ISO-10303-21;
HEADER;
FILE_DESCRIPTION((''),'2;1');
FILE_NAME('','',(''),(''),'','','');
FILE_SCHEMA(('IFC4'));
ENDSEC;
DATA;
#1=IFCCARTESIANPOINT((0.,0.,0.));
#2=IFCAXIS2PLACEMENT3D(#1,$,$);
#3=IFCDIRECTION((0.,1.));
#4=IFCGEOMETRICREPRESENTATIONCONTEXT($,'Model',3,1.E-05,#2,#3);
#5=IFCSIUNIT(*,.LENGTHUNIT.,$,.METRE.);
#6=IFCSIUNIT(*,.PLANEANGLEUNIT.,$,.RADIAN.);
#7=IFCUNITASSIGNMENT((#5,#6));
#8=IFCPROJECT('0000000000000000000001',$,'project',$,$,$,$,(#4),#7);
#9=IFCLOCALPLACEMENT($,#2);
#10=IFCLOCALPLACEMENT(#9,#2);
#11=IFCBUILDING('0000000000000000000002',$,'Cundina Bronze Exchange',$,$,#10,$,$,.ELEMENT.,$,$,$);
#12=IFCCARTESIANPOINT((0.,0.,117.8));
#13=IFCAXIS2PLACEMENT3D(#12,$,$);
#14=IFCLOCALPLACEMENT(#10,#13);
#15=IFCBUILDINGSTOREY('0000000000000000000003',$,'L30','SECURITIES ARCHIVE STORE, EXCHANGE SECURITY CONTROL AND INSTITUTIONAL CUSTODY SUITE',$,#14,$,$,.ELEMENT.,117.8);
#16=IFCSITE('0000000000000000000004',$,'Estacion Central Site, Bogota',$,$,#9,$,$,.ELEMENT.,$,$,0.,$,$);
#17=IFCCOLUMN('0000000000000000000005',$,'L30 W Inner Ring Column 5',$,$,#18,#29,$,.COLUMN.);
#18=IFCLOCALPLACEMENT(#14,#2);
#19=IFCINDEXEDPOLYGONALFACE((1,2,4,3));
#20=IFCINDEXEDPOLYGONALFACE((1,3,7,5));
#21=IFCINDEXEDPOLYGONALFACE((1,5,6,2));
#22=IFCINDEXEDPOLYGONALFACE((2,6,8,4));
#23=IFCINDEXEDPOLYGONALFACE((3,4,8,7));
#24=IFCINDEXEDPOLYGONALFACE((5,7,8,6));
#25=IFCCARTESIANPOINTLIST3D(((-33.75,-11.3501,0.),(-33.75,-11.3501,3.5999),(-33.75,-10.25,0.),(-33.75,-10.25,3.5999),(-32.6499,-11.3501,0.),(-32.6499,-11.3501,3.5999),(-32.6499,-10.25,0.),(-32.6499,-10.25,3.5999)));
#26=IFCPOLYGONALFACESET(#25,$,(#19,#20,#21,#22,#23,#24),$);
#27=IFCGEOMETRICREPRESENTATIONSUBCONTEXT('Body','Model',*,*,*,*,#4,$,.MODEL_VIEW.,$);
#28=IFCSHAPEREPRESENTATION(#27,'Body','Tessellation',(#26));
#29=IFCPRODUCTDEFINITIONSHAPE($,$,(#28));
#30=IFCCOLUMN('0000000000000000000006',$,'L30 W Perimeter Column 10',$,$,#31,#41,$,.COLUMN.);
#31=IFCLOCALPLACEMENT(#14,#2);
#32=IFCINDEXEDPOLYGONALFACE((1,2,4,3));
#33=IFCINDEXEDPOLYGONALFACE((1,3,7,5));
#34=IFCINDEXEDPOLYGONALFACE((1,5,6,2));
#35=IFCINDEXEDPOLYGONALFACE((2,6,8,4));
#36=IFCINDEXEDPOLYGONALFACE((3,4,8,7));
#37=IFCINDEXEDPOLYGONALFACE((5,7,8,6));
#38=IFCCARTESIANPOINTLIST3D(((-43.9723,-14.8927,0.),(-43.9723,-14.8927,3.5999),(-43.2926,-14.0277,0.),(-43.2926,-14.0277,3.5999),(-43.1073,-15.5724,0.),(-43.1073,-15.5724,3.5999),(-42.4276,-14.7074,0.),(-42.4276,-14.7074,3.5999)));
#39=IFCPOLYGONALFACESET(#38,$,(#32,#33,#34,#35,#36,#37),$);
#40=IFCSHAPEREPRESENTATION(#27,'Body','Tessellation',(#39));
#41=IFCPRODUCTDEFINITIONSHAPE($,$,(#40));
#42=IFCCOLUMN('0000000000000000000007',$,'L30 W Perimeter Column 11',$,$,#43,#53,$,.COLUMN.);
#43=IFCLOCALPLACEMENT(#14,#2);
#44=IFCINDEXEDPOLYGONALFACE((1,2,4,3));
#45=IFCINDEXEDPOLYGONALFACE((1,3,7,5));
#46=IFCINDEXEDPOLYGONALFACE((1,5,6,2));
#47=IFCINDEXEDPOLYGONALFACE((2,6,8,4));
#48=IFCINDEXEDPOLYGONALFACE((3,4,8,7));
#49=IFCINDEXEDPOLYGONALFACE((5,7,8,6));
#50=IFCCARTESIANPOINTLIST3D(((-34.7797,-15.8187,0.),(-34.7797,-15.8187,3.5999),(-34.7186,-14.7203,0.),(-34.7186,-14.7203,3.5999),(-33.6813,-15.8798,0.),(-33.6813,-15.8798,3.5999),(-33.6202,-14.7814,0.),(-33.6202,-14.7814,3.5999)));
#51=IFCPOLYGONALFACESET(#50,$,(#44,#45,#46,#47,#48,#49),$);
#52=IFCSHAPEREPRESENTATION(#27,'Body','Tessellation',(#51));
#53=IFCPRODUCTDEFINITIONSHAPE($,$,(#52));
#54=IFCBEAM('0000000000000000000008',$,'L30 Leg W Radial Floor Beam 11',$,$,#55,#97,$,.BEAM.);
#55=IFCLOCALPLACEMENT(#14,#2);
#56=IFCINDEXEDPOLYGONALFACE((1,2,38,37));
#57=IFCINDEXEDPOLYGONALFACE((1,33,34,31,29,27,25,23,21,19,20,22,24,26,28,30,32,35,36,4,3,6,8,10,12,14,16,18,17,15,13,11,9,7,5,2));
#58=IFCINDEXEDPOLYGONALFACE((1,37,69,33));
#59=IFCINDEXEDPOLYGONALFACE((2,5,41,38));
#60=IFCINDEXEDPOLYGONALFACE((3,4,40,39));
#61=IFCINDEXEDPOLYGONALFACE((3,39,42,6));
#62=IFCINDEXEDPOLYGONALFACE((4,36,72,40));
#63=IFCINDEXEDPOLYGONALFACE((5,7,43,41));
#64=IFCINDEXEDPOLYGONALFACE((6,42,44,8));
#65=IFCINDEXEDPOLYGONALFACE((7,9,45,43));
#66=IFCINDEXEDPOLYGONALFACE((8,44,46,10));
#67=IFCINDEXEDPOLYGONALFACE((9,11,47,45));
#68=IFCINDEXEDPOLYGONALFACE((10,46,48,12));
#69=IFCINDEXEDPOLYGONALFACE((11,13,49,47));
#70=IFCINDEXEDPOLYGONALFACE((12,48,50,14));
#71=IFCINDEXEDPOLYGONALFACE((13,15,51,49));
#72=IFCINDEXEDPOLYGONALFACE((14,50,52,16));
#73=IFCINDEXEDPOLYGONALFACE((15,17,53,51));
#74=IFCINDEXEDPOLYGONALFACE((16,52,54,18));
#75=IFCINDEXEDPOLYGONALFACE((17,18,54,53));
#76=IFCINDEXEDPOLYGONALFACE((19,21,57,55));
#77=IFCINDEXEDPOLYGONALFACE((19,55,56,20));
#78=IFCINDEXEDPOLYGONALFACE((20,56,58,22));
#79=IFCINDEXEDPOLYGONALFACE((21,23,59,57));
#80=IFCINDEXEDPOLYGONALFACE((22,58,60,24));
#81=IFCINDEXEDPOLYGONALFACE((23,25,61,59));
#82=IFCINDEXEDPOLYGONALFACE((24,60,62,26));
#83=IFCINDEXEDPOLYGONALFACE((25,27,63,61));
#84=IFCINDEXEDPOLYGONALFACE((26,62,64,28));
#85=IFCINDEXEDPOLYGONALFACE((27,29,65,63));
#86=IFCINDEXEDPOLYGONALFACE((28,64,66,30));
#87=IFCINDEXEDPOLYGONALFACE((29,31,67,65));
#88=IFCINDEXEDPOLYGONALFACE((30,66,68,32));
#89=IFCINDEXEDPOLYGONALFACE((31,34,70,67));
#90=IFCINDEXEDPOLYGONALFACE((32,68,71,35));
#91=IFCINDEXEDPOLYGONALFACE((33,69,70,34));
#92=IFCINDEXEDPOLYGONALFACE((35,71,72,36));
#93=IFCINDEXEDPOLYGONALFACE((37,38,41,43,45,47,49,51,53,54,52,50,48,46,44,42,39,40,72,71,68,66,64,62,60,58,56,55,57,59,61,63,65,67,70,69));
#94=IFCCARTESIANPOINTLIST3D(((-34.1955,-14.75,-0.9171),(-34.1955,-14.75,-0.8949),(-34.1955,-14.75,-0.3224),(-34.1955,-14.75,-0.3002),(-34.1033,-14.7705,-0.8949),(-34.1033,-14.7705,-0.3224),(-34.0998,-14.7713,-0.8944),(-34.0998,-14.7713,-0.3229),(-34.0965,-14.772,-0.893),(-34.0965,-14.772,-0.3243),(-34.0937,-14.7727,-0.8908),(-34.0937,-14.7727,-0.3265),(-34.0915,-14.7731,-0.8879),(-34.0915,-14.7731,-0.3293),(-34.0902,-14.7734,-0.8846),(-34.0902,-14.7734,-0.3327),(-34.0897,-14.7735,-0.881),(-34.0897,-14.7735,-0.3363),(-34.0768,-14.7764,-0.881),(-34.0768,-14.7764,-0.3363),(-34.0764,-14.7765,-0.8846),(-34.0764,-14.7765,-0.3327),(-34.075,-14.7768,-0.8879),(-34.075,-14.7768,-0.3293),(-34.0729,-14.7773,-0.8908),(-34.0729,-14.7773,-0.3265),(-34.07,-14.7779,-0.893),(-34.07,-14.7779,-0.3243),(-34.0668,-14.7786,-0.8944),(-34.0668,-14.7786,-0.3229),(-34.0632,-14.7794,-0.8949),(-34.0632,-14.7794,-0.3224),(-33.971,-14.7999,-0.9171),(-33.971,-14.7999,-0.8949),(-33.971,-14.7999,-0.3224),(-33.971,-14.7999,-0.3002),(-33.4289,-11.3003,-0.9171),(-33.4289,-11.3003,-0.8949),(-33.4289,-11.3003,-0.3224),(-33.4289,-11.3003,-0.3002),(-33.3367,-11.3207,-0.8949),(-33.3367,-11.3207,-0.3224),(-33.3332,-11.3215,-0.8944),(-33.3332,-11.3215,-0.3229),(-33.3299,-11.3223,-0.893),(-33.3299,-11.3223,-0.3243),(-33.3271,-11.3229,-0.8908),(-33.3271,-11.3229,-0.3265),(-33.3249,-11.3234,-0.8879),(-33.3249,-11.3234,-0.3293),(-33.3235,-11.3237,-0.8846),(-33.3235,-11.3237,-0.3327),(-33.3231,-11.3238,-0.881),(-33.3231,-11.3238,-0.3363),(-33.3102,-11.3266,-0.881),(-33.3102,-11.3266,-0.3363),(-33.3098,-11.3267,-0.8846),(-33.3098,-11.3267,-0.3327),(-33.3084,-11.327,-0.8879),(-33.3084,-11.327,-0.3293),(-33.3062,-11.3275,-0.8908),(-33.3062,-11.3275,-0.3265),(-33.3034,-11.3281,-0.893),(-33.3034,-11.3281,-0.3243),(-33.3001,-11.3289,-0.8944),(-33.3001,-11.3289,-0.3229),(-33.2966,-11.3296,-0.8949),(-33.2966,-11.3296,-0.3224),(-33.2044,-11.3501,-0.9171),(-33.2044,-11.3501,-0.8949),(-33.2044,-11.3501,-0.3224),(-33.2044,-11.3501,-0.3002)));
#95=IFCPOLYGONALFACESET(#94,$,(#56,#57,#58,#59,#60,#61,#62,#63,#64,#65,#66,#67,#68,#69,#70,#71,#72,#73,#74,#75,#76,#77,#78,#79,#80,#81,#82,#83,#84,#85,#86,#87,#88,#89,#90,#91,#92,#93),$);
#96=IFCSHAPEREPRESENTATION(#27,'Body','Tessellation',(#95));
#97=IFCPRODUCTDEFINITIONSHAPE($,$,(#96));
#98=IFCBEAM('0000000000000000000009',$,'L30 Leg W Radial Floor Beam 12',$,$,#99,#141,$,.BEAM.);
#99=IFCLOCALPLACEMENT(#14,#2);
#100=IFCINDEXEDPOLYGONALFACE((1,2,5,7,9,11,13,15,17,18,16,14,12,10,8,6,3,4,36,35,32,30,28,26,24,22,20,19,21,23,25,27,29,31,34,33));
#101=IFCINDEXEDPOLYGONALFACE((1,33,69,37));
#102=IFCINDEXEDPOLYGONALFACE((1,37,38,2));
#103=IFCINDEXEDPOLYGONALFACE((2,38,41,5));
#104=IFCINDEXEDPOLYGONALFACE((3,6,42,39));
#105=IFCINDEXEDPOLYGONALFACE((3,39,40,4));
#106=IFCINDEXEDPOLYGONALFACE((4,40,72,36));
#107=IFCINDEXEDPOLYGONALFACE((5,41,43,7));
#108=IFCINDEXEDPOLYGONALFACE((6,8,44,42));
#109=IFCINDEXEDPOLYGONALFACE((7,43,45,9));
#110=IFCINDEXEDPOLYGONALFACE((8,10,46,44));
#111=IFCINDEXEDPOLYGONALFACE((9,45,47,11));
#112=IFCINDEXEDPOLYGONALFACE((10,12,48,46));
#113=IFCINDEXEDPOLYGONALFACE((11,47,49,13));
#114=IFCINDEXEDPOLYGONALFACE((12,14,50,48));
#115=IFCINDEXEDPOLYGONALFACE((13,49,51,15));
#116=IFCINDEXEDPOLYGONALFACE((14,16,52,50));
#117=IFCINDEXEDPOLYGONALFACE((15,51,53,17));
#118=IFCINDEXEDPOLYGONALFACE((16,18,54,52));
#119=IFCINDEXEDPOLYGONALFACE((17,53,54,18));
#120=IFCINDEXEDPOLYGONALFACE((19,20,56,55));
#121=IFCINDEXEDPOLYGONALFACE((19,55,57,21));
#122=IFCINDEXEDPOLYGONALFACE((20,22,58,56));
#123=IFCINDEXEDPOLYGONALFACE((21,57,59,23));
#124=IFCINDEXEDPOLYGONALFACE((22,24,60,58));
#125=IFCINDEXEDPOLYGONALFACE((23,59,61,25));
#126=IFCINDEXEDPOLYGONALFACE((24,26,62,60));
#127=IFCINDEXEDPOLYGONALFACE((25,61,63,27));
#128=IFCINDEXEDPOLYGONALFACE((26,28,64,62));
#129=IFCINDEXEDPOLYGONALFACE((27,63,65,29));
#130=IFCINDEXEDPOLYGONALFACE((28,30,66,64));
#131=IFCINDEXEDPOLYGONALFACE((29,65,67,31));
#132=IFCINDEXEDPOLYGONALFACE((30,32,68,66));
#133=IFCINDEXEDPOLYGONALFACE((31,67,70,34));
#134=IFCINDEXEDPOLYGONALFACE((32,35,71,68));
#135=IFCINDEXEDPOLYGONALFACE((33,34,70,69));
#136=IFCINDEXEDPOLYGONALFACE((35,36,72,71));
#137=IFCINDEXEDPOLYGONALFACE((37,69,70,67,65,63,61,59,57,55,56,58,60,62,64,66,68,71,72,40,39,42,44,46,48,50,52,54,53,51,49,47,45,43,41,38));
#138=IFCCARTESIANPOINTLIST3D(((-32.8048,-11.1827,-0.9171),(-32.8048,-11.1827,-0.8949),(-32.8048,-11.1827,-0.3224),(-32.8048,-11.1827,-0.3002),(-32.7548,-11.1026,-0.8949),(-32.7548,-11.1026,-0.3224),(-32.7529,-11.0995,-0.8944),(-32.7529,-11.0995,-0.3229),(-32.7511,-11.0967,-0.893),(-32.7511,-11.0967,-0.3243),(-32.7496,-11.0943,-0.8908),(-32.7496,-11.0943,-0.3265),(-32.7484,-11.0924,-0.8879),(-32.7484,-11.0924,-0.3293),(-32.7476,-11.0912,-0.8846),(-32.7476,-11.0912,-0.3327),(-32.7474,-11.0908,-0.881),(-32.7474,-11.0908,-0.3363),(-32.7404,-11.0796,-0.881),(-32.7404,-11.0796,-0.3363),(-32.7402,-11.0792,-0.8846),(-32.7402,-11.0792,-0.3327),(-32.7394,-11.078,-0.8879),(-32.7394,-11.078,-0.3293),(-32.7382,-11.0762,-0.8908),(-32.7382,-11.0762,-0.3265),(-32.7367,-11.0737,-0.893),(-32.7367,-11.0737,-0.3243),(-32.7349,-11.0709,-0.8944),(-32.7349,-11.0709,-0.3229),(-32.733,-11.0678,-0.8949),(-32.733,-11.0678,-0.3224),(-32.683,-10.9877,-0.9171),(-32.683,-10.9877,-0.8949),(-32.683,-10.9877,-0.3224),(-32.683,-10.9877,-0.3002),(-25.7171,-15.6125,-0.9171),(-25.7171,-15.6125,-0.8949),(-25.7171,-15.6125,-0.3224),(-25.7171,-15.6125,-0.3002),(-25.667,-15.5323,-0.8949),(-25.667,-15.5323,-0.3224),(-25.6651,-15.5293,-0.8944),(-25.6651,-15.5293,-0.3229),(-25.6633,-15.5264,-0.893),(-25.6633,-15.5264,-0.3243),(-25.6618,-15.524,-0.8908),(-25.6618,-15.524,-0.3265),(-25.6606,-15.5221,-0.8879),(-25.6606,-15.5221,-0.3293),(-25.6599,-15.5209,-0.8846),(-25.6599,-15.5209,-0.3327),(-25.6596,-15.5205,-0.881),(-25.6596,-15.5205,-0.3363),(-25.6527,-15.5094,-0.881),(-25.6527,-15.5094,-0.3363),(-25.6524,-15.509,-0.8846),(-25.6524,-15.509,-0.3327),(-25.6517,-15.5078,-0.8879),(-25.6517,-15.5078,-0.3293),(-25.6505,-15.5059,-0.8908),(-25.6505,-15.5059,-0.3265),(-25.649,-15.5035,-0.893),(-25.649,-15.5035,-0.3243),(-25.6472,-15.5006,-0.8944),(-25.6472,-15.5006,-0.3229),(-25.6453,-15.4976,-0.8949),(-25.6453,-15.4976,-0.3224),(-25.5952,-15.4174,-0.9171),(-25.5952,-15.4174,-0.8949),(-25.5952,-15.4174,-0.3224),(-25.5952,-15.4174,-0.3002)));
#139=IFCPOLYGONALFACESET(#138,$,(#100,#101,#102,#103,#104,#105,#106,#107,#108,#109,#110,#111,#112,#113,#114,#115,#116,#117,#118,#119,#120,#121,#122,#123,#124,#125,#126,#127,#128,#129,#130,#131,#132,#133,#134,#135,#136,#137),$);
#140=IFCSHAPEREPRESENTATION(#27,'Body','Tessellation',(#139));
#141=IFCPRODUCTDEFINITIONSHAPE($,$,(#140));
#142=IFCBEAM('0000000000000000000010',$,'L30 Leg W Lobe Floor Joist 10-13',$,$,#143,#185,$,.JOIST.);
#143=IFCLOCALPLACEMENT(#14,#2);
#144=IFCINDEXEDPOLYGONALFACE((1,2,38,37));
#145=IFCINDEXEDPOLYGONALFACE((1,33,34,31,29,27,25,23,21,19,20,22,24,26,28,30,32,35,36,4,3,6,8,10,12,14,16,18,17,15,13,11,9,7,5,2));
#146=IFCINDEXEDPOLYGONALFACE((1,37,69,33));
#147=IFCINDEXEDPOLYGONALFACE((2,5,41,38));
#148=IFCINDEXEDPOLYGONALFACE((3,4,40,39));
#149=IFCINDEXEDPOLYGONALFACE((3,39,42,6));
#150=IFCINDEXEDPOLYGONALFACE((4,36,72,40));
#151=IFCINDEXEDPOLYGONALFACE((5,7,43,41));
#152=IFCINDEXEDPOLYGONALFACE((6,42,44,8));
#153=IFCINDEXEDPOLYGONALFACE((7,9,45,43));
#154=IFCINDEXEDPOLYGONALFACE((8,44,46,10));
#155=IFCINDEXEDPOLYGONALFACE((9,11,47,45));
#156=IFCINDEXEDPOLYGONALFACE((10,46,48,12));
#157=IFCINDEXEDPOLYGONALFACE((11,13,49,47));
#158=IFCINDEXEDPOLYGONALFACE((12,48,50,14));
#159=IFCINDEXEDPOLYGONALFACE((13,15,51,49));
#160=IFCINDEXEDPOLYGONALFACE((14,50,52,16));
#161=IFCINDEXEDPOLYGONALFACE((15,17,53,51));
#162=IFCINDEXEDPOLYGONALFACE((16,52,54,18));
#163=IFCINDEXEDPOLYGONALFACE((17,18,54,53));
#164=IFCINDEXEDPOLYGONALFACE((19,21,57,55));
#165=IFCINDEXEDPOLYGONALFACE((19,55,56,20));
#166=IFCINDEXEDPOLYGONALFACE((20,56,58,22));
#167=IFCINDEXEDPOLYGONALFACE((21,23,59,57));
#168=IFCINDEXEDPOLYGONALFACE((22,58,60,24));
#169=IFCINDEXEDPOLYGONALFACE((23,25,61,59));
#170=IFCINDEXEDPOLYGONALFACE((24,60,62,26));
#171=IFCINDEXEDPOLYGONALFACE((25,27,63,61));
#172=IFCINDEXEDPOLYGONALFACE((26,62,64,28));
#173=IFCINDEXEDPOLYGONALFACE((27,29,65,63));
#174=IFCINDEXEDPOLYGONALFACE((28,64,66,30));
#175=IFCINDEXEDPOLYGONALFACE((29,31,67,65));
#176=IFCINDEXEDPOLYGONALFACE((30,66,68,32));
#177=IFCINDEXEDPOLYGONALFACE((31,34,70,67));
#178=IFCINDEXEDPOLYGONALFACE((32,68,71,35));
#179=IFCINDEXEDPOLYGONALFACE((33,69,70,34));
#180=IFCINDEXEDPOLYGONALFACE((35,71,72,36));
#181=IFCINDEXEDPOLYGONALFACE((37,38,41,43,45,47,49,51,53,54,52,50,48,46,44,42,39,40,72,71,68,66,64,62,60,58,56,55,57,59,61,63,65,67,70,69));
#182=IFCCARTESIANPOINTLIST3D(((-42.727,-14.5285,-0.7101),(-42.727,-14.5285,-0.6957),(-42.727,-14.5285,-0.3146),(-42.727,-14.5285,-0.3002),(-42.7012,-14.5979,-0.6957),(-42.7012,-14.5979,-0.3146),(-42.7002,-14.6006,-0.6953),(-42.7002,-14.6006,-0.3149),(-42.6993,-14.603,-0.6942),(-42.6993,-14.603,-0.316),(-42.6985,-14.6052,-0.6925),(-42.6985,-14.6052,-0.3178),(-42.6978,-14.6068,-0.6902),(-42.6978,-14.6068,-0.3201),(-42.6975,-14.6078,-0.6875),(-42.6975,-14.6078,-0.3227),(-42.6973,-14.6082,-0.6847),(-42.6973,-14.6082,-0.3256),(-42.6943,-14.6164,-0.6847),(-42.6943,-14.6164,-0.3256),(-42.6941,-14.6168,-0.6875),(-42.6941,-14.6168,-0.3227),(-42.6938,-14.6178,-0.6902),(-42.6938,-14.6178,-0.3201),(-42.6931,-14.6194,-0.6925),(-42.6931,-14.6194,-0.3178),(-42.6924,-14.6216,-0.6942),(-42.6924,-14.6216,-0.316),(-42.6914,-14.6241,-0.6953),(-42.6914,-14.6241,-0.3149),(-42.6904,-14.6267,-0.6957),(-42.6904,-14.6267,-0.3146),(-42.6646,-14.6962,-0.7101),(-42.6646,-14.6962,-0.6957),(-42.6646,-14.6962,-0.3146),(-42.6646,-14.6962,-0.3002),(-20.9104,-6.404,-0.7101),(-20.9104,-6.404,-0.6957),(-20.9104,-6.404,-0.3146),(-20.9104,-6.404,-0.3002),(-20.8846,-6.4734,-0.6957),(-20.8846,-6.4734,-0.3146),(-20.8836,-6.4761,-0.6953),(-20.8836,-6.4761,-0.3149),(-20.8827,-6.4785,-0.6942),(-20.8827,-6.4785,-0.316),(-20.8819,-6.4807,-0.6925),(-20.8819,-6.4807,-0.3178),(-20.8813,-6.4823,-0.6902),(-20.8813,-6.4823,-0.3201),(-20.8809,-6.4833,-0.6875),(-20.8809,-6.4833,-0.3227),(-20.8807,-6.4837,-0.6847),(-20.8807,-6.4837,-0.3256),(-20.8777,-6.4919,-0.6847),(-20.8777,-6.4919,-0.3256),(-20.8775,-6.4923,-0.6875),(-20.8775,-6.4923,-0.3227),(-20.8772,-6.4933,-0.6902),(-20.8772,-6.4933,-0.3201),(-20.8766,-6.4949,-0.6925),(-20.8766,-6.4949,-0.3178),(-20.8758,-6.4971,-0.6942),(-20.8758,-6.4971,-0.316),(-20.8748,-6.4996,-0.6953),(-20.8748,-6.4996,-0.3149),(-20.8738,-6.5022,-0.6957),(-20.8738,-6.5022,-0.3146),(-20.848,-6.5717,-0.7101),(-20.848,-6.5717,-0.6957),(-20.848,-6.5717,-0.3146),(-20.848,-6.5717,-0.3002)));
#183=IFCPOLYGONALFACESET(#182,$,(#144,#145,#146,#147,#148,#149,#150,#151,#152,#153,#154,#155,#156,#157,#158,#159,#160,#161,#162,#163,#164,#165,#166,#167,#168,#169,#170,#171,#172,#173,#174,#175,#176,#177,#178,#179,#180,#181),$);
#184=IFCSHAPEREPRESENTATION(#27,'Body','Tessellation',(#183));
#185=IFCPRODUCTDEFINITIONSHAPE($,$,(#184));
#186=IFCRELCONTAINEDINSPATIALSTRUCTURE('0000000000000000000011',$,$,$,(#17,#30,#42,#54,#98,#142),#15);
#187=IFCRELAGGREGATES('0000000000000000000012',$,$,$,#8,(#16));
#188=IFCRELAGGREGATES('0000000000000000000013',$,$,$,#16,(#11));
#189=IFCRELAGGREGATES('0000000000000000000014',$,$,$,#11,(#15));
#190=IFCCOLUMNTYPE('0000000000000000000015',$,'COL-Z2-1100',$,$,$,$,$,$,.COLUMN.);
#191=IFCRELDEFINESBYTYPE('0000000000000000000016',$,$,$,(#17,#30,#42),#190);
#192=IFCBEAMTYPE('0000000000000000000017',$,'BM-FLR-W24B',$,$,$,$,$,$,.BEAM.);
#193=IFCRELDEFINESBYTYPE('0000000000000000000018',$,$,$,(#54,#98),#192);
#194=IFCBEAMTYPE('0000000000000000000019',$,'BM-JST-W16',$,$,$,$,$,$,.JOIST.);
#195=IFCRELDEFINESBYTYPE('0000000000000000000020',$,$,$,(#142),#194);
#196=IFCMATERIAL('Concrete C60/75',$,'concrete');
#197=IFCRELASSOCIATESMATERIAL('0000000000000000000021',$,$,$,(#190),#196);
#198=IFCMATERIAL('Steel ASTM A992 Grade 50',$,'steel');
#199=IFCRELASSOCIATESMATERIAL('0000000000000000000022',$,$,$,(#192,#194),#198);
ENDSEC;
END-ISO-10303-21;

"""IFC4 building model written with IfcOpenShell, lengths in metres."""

from ifc_helpers import new_model, si_unit, direction, frame, origin, origin_2d, place, context, subcontext, project, spatial, rectangle, i_section, extrude, material, material_profile, profile_set, type_object, element, save


model = new_model("IFC4")

# Units and contexts
model_context = context("Model", 3, precision=1e-05, world=origin(), true_north=direction((0.0, 1.0)))
body_context = subcontext(model_context, "Body", "Model", "MODEL_VIEW")
ifc_project = project(units=[si_unit("LENGTHUNIT", "METRE"), si_unit("PLANEANGLEUNIT", "RADIAN")], contexts=[model_context])

# Site, building, storey
site_placement = place(None, origin())
site = spatial("IfcSite", under=ifc_project, at=site_placement, Name="Estacion Central Site, Bogota", CompositionType="ELEMENT", RefElevation=0.0)
building_placement = place(site_placement, origin())
building = spatial("IfcBuilding", under=site, at=building_placement, Name="Cundina Bronze Exchange", CompositionType="ELEMENT")
storey_placement = place(building_placement, frame((0.0, 0.0, 117.8)))
storey = spatial("IfcBuildingStorey", under=building, at=storey_placement, Name="L30", Description="SECURITIES ARCHIVE STORE, EXCHANGE SECURITY CONTROL AND INSTITUTIONAL CUSTODY SUITE", CompositionType="ELEMENT", Elevation=117.8)

# Columns
ifc_material_1 = material(Name="Concrete C60/75", Category="concrete")
ifc_material_profile_1 = material_profile(ifc_material_1, rectangle(XDim=1.1001, YDim=1.1001, at=origin_2d()), Name="RC1100X1100", Category="concrete")
ifc_profile_set_1 = profile_set([ifc_material_profile_1], Name="Concrete C60/75")
column_type = type_object("IfcColumnType", Name="COL-Z2-1100", PredefinedType="COLUMN", material=ifc_profile_set_1)
for number, where, z_axis, x_axis, name in (
    (1, (-33.2, -10.8, 0.0), (0.0, 0.0, 1.0), (1.0, 0.0, 0.0), "L30 W Inner Ring Column 5"),
    (2, (-43.2, -14.8, 0.0), (0.0, 0.0, 1.0), (0.786288, -0.61786, 0.0), "L30 W Perimeter Column 10"),
    (3, (-34.2, -15.3, 0.0), (0.0, 0.0, 1.0), (0.99846, -0.055473, 0.0), "L30 W Perimeter Column 11"),
):
    element("IfcColumn", number, at=place(storey_placement, frame(where, z_axis=z_axis, x_axis=x_axis)), inside=storey, type_object=column_type, Name=name, PredefinedType="COLUMN", context=body_context, shape_type="SweptSolid", body=[
        extrude(rectangle(XDim=1.1001, YDim=1.1001, at=origin_2d()), origin(), (0.0, 0.0, 1.0), 3.5999),
    ])

# Beams
ifc_material_2 = material(Name="Steel ASTM A992 Grade 50", Category="steel")
ifc_material_profile_2 = material_profile(ifc_material_2, i_section(OverallWidth=0.23, OverallDepth=0.6169, WebThickness=0.0132, FlangeThickness=0.0222, FilletRadius=0.0139, at=origin_2d()), Name="W24X94", Category="steel")
ifc_profile_set_2 = profile_set([ifc_material_profile_2], Name="Steel ASTM A992 Grade 50")
beam_type_1 = type_object("IfcBeamType", Name="BM-FLR-W24B", PredefinedType="BEAM", material=ifc_profile_set_2)
beam_1_placement = place(storey_placement, frame((-33.3167, -11.3252, -0.6086), z_axis=(-0.21693, -0.976187, 0.0), x_axis=(0.976187, -0.21693, 0.0)))
element("IfcBeam", 4, at=beam_1_placement, inside=storey, type_object=beam_type_1, Name="L30 Leg W Radial Floor Beam 11", PredefinedType="BEAM", context=body_context, shape_type="SweptSolid", body=[
    extrude(i_section(OverallWidth=0.23, OverallDepth=0.6169, WebThickness=0.0132, FlangeThickness=0.0222, FilletRadius=0.0139, at=origin_2d()), origin(), (0.0, 0.0, 1.0), 3.5339),
])
beam_2_placement = place(storey_placement, frame((-32.7439, -11.0852, -0.6086), z_axis=(0.848003, -0.529991, 0.0), x_axis=(0.529991, 0.848003, 0.0)))
element("IfcBeam", 5, at=beam_2_placement, inside=storey, type_object=beam_type_1, Name="L30 Leg W Radial Floor Beam 12", PredefinedType="BEAM", context=body_context, shape_type="SweptSolid", body=[
    extrude(i_section(OverallWidth=0.23, OverallDepth=0.6169, WebThickness=0.0132, FlangeThickness=0.0222, FilletRadius=0.0139, at=origin_2d()), origin(), (0.0, 0.0, 1.0), 8.3582),
])
ifc_material_profile_3 = material_profile(ifc_material_2, i_section(OverallWidth=0.179, OverallDepth=0.4099, WebThickness=0.0088, FlangeThickness=0.0144, FilletRadius=0.011, at=origin_2d()), Name="W16X45", Category="steel")
ifc_profile_set_3 = profile_set([ifc_material_profile_3], Name="Steel ASTM A992 Grade 50")
beam_type_2 = type_object("IfcBeamType", Name="BM-JST-W16", PredefinedType="JOIST", material=ifc_profile_set_3)
beam_3_placement = place(storey_placement, frame((-42.6958, -14.6123, -0.5051), z_axis=(0.937128, 0.348986, 0.0), x_axis=(-0.348986, 0.937128, 0.0)))
element("IfcBeam", 6, at=beam_3_placement, inside=storey, type_object=beam_type_2, Name="L30 Leg W Lobe Floor Joist 10-13", PredefinedType="JOIST", context=body_context, shape_type="SweptSolid", body=[
    extrude(i_section(OverallWidth=0.179, OverallDepth=0.4099, WebThickness=0.0088, FlangeThickness=0.0144, FilletRadius=0.011, at=origin_2d()), origin(), (0.0, 0.0, 1.0), 23.2803),
])

save(model, "model.ifc")
